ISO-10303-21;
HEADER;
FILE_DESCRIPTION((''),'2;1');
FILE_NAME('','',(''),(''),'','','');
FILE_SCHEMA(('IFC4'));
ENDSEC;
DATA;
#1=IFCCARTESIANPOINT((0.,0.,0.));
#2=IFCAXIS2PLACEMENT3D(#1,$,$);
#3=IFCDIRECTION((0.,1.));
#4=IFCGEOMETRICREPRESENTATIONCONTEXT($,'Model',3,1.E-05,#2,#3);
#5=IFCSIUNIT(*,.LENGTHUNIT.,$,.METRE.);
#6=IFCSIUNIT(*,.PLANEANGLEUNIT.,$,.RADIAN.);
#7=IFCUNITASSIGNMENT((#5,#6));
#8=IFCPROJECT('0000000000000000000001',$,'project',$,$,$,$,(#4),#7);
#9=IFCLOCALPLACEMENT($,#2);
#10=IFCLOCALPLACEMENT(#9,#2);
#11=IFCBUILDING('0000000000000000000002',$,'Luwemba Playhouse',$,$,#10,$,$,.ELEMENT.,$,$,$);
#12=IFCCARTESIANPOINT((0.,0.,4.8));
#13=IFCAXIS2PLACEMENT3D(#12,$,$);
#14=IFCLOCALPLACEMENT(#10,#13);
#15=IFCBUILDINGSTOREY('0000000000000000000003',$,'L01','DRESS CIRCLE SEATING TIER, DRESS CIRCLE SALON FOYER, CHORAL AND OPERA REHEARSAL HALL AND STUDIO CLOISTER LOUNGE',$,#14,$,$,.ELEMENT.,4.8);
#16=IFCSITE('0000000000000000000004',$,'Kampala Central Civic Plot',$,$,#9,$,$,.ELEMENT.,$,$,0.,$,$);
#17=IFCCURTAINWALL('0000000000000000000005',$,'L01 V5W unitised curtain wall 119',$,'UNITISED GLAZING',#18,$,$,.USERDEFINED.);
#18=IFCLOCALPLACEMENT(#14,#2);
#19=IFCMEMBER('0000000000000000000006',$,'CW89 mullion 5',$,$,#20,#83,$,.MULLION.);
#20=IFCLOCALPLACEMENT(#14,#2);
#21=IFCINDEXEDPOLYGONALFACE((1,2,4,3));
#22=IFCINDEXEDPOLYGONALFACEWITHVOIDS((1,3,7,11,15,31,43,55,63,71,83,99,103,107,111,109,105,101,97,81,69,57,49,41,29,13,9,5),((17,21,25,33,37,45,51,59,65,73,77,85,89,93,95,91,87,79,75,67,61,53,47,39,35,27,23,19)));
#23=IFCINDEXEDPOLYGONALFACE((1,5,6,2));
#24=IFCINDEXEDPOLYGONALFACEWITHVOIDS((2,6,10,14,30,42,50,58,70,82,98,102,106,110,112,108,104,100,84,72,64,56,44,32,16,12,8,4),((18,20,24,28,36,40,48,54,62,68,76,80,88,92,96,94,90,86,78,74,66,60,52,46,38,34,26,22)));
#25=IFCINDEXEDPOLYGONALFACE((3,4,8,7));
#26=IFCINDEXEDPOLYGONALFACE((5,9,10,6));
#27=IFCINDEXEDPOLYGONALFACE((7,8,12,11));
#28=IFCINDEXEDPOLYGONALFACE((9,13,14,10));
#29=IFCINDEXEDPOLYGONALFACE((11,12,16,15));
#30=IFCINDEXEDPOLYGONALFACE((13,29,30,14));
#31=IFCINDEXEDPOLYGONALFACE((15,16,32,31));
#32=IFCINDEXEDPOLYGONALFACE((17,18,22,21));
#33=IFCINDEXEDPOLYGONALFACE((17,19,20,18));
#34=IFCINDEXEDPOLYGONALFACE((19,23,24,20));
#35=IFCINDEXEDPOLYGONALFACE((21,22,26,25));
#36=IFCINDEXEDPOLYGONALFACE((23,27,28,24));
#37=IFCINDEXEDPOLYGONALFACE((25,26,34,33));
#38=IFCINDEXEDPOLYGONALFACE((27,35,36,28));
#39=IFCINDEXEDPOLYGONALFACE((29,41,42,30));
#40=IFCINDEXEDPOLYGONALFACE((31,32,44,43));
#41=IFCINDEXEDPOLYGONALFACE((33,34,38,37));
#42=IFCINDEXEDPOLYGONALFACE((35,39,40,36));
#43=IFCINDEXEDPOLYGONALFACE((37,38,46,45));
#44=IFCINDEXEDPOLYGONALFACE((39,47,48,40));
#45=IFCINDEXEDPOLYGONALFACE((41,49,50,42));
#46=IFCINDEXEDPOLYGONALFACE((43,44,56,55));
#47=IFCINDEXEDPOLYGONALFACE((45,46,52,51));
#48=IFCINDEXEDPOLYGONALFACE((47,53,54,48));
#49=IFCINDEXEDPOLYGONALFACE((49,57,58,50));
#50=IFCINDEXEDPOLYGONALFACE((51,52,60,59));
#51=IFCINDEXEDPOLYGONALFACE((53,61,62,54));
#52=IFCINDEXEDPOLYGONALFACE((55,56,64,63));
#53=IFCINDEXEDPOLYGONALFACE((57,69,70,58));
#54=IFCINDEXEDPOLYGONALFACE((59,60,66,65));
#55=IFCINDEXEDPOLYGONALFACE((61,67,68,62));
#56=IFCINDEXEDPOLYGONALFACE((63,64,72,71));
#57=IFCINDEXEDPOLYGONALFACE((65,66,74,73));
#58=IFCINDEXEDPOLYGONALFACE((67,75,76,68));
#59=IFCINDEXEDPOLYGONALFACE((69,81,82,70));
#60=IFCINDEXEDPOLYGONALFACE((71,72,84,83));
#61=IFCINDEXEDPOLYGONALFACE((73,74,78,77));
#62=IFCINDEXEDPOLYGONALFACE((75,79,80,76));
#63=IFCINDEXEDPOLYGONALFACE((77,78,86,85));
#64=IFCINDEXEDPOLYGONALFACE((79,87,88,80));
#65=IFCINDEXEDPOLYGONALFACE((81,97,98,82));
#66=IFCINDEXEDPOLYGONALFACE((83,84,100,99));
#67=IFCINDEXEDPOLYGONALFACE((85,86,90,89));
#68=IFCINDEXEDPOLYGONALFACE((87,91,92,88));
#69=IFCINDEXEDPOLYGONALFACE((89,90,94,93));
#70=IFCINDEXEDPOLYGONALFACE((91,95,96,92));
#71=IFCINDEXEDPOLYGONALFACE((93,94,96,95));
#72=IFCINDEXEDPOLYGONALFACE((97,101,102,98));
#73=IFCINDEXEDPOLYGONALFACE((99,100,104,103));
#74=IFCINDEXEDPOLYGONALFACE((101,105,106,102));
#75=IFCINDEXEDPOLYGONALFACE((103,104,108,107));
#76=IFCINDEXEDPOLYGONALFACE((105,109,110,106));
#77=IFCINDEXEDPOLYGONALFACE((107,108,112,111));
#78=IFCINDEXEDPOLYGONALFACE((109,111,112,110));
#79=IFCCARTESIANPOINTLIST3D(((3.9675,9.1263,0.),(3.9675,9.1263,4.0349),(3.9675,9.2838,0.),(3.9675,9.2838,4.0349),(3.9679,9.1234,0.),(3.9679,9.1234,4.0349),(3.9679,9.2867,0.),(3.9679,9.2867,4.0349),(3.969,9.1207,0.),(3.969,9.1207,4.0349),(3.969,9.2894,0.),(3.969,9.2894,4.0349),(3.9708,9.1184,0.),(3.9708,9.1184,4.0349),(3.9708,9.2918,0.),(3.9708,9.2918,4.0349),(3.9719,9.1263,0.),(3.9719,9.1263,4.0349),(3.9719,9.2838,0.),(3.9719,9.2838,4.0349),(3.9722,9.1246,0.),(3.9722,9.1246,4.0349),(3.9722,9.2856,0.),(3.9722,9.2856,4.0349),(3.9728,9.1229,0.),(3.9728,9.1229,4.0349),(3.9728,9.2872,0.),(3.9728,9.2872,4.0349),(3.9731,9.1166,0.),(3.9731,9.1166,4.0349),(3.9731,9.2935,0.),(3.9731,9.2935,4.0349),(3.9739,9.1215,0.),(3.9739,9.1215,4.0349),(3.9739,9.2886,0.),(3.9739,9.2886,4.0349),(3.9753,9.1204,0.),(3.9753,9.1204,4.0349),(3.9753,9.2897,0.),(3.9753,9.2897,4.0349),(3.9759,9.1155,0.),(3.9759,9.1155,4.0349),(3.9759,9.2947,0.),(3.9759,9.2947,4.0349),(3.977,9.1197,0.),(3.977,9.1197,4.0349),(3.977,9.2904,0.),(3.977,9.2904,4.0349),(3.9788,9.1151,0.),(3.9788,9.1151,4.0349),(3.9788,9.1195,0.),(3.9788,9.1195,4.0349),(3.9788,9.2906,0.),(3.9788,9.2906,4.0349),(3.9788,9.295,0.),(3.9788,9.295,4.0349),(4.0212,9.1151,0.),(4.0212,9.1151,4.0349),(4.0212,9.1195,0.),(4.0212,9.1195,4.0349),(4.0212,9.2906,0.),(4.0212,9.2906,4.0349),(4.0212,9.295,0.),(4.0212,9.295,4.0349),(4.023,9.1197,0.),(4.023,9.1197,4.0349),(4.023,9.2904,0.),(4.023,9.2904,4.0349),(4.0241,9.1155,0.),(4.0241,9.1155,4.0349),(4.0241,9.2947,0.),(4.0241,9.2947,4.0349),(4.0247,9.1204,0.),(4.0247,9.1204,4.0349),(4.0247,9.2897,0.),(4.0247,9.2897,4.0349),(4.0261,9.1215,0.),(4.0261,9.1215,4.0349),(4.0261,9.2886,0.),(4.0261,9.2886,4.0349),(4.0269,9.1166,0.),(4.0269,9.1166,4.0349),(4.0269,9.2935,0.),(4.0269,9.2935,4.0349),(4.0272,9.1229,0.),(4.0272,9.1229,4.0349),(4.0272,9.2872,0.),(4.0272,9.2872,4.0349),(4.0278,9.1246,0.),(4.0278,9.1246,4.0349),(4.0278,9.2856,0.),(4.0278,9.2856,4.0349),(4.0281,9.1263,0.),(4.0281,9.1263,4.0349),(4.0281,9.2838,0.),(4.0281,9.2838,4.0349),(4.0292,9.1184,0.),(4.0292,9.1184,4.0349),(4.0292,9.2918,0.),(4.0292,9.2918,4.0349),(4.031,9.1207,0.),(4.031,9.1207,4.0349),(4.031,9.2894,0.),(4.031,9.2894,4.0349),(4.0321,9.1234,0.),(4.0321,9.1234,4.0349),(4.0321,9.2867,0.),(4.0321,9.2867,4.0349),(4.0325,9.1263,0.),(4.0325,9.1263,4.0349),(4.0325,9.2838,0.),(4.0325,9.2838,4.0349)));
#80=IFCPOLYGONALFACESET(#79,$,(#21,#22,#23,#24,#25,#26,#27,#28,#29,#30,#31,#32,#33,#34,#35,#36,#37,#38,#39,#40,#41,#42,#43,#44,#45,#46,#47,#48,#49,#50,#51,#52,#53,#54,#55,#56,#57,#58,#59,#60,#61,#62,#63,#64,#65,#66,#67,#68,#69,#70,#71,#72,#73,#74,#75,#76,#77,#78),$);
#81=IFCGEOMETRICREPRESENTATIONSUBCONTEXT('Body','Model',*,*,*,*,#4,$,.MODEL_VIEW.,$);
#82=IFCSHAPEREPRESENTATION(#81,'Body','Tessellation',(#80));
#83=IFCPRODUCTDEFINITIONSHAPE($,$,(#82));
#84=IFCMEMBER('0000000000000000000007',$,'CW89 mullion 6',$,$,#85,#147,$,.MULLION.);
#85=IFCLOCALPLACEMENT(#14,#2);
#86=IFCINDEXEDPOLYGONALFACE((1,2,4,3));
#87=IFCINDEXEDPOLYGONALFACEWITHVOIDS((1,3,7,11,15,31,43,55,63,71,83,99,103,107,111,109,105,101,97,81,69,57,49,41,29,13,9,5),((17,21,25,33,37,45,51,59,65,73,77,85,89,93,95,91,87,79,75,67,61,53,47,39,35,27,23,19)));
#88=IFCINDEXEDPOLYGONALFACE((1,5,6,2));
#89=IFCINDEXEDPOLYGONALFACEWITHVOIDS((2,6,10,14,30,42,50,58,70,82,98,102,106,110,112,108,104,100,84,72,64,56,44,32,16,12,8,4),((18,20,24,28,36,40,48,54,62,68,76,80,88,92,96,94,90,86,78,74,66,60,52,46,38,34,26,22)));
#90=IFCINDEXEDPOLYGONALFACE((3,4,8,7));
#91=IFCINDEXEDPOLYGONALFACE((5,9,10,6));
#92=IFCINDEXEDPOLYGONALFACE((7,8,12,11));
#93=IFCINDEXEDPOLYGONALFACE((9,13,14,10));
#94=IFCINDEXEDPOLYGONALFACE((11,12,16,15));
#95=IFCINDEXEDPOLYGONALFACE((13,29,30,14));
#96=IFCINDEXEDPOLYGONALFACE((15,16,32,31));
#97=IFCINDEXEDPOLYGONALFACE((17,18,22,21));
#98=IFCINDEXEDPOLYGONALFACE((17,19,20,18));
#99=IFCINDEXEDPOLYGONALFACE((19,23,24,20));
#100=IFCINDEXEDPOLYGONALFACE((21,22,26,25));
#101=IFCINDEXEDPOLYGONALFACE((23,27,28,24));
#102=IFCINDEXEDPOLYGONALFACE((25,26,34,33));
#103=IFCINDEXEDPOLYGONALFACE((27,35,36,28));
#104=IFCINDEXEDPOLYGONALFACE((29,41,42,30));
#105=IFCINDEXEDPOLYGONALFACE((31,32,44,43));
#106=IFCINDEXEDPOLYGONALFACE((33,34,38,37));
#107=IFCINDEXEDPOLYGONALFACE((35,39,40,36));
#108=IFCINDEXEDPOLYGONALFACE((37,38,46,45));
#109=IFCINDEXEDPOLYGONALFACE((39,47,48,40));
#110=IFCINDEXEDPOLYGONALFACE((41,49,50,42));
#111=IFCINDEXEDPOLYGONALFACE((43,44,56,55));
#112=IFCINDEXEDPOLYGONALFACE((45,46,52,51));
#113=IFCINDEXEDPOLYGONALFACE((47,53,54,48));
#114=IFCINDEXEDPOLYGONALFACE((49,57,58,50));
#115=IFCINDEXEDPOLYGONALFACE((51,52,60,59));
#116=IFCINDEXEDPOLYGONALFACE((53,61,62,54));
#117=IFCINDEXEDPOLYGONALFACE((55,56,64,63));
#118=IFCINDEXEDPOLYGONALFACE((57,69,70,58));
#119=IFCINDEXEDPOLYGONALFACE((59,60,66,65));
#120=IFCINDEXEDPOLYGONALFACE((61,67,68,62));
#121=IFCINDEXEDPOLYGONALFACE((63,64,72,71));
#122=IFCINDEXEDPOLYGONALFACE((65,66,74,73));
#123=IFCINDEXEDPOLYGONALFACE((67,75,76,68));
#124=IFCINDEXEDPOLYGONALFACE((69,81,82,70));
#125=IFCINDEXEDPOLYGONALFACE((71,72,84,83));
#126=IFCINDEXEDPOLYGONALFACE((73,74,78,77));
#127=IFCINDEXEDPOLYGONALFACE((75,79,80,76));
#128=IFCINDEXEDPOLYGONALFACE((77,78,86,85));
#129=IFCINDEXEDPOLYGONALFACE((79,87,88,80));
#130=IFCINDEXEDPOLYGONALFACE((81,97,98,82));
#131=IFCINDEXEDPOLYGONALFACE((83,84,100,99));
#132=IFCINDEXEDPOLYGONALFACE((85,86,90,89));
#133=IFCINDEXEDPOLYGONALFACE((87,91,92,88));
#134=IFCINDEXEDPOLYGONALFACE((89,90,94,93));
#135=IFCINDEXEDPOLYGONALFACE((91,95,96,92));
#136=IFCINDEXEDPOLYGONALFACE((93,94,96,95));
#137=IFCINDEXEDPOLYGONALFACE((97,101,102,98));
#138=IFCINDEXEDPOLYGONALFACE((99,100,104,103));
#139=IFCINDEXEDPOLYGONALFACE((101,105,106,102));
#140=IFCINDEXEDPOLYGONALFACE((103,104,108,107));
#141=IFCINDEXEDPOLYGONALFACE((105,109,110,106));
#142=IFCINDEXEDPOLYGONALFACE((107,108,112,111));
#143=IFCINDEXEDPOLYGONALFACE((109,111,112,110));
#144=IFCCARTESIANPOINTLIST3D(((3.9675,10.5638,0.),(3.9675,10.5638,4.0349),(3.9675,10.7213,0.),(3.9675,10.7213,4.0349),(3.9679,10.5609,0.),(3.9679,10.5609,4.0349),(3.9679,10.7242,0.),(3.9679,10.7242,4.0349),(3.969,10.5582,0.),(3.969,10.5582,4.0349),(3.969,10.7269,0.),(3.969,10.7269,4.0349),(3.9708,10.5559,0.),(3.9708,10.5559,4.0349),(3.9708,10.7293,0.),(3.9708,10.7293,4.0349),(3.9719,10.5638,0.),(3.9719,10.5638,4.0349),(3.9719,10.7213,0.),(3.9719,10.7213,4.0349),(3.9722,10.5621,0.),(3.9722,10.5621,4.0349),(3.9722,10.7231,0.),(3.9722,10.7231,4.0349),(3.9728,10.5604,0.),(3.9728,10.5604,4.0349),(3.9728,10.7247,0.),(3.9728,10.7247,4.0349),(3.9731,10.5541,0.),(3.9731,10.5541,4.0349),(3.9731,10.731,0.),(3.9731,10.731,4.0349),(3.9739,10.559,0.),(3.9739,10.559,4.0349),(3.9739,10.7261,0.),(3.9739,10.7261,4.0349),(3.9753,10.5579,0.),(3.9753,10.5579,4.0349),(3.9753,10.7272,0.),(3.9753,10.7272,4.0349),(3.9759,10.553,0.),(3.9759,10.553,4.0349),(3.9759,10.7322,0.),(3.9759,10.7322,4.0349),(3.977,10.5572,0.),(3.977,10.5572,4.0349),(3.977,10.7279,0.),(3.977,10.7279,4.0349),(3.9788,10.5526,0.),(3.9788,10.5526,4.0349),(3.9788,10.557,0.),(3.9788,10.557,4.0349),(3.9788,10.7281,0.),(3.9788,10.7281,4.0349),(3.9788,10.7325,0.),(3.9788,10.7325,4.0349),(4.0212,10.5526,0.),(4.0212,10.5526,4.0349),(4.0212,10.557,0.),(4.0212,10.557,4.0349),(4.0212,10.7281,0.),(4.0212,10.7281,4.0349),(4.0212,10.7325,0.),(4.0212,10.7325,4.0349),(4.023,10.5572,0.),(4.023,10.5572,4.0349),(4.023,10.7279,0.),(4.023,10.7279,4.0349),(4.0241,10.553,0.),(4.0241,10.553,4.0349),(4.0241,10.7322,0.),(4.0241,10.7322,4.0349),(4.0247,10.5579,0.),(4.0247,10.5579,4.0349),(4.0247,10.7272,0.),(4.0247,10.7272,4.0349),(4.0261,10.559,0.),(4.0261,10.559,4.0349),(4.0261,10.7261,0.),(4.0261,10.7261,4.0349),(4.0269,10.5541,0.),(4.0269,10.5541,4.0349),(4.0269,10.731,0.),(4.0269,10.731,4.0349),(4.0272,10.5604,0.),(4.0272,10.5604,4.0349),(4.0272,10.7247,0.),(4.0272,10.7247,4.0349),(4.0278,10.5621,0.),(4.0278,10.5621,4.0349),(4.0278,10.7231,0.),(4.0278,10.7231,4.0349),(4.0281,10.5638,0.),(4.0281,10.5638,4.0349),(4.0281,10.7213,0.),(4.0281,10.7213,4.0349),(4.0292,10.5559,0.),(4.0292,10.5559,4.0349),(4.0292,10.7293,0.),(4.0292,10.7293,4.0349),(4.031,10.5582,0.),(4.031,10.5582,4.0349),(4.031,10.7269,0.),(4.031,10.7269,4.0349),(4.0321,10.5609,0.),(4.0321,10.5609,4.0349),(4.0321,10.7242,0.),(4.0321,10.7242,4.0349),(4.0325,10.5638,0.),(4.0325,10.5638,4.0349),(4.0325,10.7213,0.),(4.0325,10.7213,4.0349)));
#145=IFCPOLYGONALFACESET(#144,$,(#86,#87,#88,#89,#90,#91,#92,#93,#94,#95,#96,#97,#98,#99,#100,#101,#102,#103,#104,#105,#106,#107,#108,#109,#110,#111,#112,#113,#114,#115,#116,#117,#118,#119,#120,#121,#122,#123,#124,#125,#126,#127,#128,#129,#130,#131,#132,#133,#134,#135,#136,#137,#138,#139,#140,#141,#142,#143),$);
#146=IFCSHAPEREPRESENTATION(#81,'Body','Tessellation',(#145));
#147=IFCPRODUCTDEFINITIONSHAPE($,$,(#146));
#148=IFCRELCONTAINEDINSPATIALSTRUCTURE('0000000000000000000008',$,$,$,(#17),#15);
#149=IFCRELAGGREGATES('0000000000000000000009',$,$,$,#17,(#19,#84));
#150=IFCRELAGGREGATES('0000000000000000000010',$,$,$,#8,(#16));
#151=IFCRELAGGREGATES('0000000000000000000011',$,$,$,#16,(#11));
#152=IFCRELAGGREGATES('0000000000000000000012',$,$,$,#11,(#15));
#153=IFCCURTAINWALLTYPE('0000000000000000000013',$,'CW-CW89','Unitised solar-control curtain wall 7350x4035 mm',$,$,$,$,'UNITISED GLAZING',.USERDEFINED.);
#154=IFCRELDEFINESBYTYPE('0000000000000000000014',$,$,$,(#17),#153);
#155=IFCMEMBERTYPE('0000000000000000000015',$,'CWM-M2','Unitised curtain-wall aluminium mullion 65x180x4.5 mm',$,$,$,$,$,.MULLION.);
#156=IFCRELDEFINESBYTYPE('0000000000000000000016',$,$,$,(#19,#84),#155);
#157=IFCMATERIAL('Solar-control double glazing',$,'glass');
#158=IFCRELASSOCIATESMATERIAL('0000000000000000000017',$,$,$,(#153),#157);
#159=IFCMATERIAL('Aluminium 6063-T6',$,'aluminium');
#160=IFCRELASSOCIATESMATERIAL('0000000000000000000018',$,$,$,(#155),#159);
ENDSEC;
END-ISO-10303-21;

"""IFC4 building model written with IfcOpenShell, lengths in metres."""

from ifc_helpers import new_model, si_unit, direction, frame, origin, origin_2d, place, context, subcontext, project, spatial, hollow_rectangle, extrude, material, material_profile, profile_set, type_object, element, aggregate, save


model = new_model("IFC4")

# Units and contexts
model_context = context("Model", 3, precision=1e-05, world=origin(), true_north=direction((0.0, 1.0)))
body_context = subcontext(model_context, "Body", "Model", "MODEL_VIEW")
ifc_project = project(units=[si_unit("LENGTHUNIT", "METRE"), si_unit("PLANEANGLEUNIT", "RADIAN")], contexts=[model_context])

# Site, building, storey
site_placement = place(None, origin())
site = spatial("IfcSite", under=ifc_project, at=site_placement, Name="Kampala Central Civic Plot", CompositionType="ELEMENT", RefElevation=0.0)
building_placement = place(site_placement, origin())
building = spatial("IfcBuilding", under=site, at=building_placement, Name="Luwemba Playhouse", CompositionType="ELEMENT")
storey_placement = place(building_placement, frame((0.0, 0.0, 4.8)))
storey = spatial("IfcBuildingStorey", under=building, at=storey_placement, Name="L01", Description="DRESS CIRCLE SEATING TIER, DRESS CIRCLE SALON FOYER, CHORAL AND OPERA REHEARSAL HALL AND STUDIO CLOISTER LOUNGE", CompositionType="ELEMENT", Elevation=4.8)

# Curtain wall, members
ifc_material_1 = material(Name="Solar-control double glazing", Category="glass")
curtain_wall_type = type_object("IfcCurtainWallType", Name="CW-CW89", Description="Unitised solar-control curtain wall 7350x4035 mm", ElementType="UNITISED GLAZING", PredefinedType="USERDEFINED", material=ifc_material_1)
curtain_wall_placement = place(storey_placement, origin())
curtain_wall = element("IfcCurtainWall", 1, at=curtain_wall_placement, inside=storey, type_object=curtain_wall_type, Name="L01 V5W unitised curtain wall 119", ObjectType="UNITISED GLAZING", PredefinedType="USERDEFINED")
ifc_material_2 = material(Name="Aluminium 6063-T6", Category="aluminium")
ifc_material_profile_1 = material_profile(ifc_material_2, hollow_rectangle(XDim=0.0649, YDim=0.1799, WallThickness=0.0044, InnerFilletRadius=0.0068, OuterFilletRadius=0.0112, at=origin_2d()))
ifc_profile_set_1 = profile_set([ifc_material_profile_1], Name="Aluminium 6063-T6")
member_type_1 = type_object("IfcMemberType", Name="CWM-M2", Description="Unitised curtain-wall aluminium mullion 65x180x4.5 mm", PredefinedType="MULLION", material=ifc_profile_set_1)
member_1_placement = place(storey_placement, frame((4.0, 9.2051, 0.0), z_axis=(0.0, 0.0, 1.0), x_axis=(-1.0, 0.0, 0.0)))
member_1 = element("IfcMember", 2, at=member_1_placement, type_object=member_type_1, Name="CW89 mullion 5", PredefinedType="MULLION", context=body_context, shape_type="SweptSolid", body=[
    extrude(hollow_rectangle(XDim=0.0649, YDim=0.1799, WallThickness=0.0044, InnerFilletRadius=0.0068, OuterFilletRadius=0.0112, at=origin_2d()), origin(), (0.0, 0.0, 1.0), 4.0349),
])
member_2_placement = place(storey_placement, frame((4.0, 10.6426, 0.0), z_axis=(0.0, 0.0, 1.0), x_axis=(-1.0, 0.0, 0.0)))
member_2 = element("IfcMember", 3, at=member_2_placement, type_object=member_type_1, Name="CW89 mullion 6", PredefinedType="MULLION", context=body_context, shape_type="SweptSolid", body=[
    extrude(hollow_rectangle(XDim=0.0649, YDim=0.1799, WallThickness=0.0044, InnerFilletRadius=0.0068, OuterFilletRadius=0.0112, at=origin_2d()), origin(), (0.0, 0.0, 1.0), 4.0349),
])
aggregate(curtain_wall, [member_1, member_2])

save(model, "model.ifc")
